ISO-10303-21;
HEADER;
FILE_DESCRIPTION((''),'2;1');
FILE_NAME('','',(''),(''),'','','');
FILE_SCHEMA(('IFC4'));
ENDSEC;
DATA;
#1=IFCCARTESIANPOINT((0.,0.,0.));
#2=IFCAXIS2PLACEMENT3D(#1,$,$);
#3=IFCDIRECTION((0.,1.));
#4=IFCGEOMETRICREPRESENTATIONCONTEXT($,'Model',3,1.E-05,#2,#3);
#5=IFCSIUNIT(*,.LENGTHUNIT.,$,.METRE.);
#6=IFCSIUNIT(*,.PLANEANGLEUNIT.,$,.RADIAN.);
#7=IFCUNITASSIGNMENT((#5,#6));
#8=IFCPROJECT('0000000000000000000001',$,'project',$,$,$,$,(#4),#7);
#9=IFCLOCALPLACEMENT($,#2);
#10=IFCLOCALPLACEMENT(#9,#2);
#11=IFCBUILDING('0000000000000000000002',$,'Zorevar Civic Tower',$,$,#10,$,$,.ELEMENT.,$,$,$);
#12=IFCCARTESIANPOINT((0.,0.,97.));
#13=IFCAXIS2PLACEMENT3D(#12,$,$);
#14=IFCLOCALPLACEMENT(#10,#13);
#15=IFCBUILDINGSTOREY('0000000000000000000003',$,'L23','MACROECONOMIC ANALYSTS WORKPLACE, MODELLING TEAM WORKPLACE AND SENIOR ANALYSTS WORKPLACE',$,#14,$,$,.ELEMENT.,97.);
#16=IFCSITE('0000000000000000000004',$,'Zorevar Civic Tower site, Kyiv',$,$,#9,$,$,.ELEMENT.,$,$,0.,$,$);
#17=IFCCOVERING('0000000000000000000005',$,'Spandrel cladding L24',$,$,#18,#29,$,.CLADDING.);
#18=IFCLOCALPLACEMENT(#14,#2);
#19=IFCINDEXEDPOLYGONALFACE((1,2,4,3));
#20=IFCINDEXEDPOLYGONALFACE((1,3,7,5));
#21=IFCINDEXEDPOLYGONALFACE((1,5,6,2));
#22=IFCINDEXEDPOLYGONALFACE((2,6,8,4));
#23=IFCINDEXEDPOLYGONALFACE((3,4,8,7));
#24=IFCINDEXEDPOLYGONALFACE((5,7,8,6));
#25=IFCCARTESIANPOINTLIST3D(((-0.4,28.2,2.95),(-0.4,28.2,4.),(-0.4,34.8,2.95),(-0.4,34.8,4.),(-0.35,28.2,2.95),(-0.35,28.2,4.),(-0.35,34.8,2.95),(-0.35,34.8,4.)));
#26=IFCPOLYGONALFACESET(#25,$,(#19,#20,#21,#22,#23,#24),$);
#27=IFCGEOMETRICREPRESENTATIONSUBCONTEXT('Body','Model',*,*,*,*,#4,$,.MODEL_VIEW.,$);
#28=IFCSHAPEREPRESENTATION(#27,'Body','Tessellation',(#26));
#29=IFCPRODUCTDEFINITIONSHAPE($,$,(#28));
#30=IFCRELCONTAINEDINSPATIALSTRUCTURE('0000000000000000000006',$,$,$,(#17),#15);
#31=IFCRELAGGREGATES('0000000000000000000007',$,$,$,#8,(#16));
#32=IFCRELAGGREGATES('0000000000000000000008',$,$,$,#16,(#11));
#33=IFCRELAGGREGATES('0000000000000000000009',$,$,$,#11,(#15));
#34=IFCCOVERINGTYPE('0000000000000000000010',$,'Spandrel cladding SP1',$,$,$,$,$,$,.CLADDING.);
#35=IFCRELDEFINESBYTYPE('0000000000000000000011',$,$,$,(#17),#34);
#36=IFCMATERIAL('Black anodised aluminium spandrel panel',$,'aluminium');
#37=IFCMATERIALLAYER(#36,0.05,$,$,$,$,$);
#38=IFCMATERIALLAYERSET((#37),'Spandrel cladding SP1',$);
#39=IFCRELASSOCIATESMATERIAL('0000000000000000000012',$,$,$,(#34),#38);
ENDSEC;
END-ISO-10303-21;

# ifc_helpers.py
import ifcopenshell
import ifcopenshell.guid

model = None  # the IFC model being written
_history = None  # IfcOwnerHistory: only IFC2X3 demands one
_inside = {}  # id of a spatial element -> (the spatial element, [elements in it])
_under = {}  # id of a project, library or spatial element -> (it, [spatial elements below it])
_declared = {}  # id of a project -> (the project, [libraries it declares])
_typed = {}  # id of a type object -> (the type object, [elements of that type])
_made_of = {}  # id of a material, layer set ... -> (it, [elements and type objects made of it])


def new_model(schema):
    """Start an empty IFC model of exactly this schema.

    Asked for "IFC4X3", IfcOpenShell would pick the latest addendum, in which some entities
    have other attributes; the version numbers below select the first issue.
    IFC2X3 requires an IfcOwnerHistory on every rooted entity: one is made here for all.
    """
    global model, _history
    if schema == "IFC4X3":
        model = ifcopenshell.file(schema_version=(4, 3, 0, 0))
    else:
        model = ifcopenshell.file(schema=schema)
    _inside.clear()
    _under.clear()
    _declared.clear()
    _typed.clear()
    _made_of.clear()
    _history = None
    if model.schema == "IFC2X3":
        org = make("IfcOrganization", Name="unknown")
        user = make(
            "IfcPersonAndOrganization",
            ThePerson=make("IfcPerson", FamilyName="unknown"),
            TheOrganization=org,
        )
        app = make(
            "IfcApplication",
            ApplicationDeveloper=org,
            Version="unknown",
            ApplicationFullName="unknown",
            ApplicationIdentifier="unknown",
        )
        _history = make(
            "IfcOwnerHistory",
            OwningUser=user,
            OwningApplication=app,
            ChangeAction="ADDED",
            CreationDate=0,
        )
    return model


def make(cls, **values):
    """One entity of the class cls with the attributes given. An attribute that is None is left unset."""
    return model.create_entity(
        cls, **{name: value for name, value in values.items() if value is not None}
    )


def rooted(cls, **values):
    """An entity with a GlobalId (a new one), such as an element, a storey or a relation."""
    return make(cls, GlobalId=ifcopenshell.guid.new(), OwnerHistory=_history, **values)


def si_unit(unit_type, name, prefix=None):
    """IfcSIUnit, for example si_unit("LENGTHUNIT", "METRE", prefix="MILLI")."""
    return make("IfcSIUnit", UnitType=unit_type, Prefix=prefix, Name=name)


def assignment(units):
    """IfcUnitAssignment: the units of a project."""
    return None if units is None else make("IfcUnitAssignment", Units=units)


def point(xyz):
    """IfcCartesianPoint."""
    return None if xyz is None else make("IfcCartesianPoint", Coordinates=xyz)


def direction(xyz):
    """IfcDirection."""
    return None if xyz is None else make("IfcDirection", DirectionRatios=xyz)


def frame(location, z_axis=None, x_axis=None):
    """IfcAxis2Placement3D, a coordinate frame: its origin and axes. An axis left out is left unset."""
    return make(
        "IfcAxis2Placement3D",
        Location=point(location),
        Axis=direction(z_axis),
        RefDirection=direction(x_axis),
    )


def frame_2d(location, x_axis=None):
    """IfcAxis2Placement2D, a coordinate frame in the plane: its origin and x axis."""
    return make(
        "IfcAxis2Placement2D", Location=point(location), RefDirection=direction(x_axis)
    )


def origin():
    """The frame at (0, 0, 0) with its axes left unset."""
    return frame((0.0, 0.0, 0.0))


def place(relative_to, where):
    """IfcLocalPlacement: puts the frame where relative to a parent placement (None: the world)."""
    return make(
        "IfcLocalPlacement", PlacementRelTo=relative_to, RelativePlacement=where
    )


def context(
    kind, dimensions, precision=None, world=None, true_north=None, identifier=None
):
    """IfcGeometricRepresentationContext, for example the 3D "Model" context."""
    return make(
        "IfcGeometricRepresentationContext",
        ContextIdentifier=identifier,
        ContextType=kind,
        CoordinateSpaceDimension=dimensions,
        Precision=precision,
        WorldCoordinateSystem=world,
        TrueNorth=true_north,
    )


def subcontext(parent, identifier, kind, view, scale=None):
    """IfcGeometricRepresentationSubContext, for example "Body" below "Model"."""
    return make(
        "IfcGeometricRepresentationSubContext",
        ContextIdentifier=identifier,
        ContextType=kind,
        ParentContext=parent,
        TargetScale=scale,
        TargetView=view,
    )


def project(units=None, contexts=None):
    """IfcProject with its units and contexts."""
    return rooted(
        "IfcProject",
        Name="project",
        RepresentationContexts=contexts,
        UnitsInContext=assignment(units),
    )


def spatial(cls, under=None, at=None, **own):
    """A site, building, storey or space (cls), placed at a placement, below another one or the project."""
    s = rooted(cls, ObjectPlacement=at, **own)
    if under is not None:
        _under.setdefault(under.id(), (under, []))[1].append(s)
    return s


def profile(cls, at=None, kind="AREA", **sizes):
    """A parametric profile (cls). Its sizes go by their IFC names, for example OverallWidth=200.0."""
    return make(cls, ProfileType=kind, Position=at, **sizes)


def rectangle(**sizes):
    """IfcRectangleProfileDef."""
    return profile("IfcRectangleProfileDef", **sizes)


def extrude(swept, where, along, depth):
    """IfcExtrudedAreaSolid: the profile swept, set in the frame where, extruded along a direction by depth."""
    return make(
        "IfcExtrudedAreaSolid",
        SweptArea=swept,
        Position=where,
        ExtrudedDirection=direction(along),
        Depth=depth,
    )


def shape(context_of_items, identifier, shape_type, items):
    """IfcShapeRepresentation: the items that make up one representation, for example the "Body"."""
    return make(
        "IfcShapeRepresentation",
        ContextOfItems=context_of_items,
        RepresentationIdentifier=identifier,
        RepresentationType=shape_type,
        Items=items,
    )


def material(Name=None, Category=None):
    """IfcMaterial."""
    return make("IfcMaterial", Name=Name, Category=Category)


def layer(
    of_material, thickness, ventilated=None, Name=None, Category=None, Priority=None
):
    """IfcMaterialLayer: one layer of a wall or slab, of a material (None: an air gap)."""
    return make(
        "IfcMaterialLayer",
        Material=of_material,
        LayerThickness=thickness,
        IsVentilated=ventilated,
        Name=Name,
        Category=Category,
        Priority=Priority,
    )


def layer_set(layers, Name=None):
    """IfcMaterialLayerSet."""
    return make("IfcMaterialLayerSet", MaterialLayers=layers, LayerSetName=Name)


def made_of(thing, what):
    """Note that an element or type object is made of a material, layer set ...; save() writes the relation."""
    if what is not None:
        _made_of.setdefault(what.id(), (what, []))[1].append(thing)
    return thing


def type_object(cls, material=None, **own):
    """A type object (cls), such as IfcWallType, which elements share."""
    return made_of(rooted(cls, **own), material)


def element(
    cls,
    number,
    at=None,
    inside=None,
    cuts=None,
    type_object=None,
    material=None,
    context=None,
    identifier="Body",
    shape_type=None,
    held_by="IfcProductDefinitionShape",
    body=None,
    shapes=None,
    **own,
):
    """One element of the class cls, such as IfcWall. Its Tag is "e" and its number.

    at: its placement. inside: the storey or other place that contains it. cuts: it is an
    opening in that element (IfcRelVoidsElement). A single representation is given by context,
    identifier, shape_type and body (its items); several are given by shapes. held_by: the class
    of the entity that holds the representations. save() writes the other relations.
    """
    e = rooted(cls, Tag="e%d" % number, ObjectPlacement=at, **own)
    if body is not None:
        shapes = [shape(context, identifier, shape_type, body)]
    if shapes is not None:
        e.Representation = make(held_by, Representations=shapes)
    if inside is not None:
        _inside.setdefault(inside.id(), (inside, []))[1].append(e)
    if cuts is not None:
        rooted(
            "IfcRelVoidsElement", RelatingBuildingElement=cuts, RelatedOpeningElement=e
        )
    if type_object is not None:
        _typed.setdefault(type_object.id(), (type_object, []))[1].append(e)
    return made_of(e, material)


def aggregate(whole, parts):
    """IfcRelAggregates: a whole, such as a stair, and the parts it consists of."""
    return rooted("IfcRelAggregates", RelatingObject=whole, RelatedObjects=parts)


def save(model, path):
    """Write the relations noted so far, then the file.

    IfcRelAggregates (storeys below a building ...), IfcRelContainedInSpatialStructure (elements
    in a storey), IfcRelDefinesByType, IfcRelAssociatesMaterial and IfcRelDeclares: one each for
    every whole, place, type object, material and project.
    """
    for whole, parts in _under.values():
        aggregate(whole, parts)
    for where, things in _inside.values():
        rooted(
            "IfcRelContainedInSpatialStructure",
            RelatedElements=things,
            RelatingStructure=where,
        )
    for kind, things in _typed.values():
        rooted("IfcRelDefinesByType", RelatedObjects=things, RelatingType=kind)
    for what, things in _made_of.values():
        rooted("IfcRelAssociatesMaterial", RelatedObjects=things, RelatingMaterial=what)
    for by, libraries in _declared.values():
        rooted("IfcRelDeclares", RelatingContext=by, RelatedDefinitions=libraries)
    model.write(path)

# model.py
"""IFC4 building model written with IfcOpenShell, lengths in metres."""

from ifc_helpers import new_model, si_unit, direction, frame, frame_2d, origin, place, context, subcontext, project, spatial, rectangle, extrude, material, layer, layer_set, type_object, element, save


model = new_model("IFC4")

# Units and contexts
model_context = context("Model", 3, precision=1e-05, world=origin(), true_north=direction((0.0, 1.0)))
body_context = subcontext(model_context, "Body", "Model", "MODEL_VIEW")
ifc_project = project(units=[si_unit("LENGTHUNIT", "METRE"), si_unit("PLANEANGLEUNIT", "RADIAN")], contexts=[model_context])

# Site, building, storey
site_placement = place(None, origin())
site = spatial("IfcSite", under=ifc_project, at=site_placement, Name="Zorevar Civic Tower site, Kyiv", CompositionType="ELEMENT", RefElevation=0.0)
building_placement = place(site_placement, origin())
building = spatial("IfcBuilding", under=site, at=building_placement, Name="Zorevar Civic Tower", CompositionType="ELEMENT")
storey_placement = place(building_placement, frame((0.0, 0.0, 97.0)))
storey = spatial("IfcBuildingStorey", under=building, at=storey_placement, Name="L23", Description="MACROECONOMIC ANALYSTS WORKPLACE, MODELLING TEAM WORKPLACE AND SENIOR ANALYSTS WORKPLACE", CompositionType="ELEMENT", Elevation=97.0)

# Covering
ifc_material_1 = material(Name="Black anodised aluminium spandrel panel", Category="aluminium")
ifc_layer_1 = layer(ifc_material_1, 0.05)
ifc_layer_set_1 = layer_set([ifc_layer_1], Name="Spandrel cladding SP1")
covering_type = type_object("IfcCoveringType", Name="Spandrel cladding SP1", PredefinedType="CLADDING", material=ifc_layer_set_1)
for number, where, z_axis, x_axis, name in (
    (1, (-0.375, 28.2, 2.95), (0.0, 0.0, 1.0), (0.0, 1.0, 0.0), "Spandrel cladding L24"),
):
    element("IfcCovering", number, at=place(storey_placement, frame(where, z_axis=z_axis, x_axis=x_axis)), inside=storey, type_object=covering_type, Name=name, PredefinedType="CLADDING", context=body_context, shape_type="SweptSolid", body=[
        extrude(rectangle(XDim=6.6001, YDim=0.05, at=frame_2d((3.3, 0.0))), origin(), (0.0, 0.0, 1.0), 1.05),
    ])

save(model, "model.ifc")
